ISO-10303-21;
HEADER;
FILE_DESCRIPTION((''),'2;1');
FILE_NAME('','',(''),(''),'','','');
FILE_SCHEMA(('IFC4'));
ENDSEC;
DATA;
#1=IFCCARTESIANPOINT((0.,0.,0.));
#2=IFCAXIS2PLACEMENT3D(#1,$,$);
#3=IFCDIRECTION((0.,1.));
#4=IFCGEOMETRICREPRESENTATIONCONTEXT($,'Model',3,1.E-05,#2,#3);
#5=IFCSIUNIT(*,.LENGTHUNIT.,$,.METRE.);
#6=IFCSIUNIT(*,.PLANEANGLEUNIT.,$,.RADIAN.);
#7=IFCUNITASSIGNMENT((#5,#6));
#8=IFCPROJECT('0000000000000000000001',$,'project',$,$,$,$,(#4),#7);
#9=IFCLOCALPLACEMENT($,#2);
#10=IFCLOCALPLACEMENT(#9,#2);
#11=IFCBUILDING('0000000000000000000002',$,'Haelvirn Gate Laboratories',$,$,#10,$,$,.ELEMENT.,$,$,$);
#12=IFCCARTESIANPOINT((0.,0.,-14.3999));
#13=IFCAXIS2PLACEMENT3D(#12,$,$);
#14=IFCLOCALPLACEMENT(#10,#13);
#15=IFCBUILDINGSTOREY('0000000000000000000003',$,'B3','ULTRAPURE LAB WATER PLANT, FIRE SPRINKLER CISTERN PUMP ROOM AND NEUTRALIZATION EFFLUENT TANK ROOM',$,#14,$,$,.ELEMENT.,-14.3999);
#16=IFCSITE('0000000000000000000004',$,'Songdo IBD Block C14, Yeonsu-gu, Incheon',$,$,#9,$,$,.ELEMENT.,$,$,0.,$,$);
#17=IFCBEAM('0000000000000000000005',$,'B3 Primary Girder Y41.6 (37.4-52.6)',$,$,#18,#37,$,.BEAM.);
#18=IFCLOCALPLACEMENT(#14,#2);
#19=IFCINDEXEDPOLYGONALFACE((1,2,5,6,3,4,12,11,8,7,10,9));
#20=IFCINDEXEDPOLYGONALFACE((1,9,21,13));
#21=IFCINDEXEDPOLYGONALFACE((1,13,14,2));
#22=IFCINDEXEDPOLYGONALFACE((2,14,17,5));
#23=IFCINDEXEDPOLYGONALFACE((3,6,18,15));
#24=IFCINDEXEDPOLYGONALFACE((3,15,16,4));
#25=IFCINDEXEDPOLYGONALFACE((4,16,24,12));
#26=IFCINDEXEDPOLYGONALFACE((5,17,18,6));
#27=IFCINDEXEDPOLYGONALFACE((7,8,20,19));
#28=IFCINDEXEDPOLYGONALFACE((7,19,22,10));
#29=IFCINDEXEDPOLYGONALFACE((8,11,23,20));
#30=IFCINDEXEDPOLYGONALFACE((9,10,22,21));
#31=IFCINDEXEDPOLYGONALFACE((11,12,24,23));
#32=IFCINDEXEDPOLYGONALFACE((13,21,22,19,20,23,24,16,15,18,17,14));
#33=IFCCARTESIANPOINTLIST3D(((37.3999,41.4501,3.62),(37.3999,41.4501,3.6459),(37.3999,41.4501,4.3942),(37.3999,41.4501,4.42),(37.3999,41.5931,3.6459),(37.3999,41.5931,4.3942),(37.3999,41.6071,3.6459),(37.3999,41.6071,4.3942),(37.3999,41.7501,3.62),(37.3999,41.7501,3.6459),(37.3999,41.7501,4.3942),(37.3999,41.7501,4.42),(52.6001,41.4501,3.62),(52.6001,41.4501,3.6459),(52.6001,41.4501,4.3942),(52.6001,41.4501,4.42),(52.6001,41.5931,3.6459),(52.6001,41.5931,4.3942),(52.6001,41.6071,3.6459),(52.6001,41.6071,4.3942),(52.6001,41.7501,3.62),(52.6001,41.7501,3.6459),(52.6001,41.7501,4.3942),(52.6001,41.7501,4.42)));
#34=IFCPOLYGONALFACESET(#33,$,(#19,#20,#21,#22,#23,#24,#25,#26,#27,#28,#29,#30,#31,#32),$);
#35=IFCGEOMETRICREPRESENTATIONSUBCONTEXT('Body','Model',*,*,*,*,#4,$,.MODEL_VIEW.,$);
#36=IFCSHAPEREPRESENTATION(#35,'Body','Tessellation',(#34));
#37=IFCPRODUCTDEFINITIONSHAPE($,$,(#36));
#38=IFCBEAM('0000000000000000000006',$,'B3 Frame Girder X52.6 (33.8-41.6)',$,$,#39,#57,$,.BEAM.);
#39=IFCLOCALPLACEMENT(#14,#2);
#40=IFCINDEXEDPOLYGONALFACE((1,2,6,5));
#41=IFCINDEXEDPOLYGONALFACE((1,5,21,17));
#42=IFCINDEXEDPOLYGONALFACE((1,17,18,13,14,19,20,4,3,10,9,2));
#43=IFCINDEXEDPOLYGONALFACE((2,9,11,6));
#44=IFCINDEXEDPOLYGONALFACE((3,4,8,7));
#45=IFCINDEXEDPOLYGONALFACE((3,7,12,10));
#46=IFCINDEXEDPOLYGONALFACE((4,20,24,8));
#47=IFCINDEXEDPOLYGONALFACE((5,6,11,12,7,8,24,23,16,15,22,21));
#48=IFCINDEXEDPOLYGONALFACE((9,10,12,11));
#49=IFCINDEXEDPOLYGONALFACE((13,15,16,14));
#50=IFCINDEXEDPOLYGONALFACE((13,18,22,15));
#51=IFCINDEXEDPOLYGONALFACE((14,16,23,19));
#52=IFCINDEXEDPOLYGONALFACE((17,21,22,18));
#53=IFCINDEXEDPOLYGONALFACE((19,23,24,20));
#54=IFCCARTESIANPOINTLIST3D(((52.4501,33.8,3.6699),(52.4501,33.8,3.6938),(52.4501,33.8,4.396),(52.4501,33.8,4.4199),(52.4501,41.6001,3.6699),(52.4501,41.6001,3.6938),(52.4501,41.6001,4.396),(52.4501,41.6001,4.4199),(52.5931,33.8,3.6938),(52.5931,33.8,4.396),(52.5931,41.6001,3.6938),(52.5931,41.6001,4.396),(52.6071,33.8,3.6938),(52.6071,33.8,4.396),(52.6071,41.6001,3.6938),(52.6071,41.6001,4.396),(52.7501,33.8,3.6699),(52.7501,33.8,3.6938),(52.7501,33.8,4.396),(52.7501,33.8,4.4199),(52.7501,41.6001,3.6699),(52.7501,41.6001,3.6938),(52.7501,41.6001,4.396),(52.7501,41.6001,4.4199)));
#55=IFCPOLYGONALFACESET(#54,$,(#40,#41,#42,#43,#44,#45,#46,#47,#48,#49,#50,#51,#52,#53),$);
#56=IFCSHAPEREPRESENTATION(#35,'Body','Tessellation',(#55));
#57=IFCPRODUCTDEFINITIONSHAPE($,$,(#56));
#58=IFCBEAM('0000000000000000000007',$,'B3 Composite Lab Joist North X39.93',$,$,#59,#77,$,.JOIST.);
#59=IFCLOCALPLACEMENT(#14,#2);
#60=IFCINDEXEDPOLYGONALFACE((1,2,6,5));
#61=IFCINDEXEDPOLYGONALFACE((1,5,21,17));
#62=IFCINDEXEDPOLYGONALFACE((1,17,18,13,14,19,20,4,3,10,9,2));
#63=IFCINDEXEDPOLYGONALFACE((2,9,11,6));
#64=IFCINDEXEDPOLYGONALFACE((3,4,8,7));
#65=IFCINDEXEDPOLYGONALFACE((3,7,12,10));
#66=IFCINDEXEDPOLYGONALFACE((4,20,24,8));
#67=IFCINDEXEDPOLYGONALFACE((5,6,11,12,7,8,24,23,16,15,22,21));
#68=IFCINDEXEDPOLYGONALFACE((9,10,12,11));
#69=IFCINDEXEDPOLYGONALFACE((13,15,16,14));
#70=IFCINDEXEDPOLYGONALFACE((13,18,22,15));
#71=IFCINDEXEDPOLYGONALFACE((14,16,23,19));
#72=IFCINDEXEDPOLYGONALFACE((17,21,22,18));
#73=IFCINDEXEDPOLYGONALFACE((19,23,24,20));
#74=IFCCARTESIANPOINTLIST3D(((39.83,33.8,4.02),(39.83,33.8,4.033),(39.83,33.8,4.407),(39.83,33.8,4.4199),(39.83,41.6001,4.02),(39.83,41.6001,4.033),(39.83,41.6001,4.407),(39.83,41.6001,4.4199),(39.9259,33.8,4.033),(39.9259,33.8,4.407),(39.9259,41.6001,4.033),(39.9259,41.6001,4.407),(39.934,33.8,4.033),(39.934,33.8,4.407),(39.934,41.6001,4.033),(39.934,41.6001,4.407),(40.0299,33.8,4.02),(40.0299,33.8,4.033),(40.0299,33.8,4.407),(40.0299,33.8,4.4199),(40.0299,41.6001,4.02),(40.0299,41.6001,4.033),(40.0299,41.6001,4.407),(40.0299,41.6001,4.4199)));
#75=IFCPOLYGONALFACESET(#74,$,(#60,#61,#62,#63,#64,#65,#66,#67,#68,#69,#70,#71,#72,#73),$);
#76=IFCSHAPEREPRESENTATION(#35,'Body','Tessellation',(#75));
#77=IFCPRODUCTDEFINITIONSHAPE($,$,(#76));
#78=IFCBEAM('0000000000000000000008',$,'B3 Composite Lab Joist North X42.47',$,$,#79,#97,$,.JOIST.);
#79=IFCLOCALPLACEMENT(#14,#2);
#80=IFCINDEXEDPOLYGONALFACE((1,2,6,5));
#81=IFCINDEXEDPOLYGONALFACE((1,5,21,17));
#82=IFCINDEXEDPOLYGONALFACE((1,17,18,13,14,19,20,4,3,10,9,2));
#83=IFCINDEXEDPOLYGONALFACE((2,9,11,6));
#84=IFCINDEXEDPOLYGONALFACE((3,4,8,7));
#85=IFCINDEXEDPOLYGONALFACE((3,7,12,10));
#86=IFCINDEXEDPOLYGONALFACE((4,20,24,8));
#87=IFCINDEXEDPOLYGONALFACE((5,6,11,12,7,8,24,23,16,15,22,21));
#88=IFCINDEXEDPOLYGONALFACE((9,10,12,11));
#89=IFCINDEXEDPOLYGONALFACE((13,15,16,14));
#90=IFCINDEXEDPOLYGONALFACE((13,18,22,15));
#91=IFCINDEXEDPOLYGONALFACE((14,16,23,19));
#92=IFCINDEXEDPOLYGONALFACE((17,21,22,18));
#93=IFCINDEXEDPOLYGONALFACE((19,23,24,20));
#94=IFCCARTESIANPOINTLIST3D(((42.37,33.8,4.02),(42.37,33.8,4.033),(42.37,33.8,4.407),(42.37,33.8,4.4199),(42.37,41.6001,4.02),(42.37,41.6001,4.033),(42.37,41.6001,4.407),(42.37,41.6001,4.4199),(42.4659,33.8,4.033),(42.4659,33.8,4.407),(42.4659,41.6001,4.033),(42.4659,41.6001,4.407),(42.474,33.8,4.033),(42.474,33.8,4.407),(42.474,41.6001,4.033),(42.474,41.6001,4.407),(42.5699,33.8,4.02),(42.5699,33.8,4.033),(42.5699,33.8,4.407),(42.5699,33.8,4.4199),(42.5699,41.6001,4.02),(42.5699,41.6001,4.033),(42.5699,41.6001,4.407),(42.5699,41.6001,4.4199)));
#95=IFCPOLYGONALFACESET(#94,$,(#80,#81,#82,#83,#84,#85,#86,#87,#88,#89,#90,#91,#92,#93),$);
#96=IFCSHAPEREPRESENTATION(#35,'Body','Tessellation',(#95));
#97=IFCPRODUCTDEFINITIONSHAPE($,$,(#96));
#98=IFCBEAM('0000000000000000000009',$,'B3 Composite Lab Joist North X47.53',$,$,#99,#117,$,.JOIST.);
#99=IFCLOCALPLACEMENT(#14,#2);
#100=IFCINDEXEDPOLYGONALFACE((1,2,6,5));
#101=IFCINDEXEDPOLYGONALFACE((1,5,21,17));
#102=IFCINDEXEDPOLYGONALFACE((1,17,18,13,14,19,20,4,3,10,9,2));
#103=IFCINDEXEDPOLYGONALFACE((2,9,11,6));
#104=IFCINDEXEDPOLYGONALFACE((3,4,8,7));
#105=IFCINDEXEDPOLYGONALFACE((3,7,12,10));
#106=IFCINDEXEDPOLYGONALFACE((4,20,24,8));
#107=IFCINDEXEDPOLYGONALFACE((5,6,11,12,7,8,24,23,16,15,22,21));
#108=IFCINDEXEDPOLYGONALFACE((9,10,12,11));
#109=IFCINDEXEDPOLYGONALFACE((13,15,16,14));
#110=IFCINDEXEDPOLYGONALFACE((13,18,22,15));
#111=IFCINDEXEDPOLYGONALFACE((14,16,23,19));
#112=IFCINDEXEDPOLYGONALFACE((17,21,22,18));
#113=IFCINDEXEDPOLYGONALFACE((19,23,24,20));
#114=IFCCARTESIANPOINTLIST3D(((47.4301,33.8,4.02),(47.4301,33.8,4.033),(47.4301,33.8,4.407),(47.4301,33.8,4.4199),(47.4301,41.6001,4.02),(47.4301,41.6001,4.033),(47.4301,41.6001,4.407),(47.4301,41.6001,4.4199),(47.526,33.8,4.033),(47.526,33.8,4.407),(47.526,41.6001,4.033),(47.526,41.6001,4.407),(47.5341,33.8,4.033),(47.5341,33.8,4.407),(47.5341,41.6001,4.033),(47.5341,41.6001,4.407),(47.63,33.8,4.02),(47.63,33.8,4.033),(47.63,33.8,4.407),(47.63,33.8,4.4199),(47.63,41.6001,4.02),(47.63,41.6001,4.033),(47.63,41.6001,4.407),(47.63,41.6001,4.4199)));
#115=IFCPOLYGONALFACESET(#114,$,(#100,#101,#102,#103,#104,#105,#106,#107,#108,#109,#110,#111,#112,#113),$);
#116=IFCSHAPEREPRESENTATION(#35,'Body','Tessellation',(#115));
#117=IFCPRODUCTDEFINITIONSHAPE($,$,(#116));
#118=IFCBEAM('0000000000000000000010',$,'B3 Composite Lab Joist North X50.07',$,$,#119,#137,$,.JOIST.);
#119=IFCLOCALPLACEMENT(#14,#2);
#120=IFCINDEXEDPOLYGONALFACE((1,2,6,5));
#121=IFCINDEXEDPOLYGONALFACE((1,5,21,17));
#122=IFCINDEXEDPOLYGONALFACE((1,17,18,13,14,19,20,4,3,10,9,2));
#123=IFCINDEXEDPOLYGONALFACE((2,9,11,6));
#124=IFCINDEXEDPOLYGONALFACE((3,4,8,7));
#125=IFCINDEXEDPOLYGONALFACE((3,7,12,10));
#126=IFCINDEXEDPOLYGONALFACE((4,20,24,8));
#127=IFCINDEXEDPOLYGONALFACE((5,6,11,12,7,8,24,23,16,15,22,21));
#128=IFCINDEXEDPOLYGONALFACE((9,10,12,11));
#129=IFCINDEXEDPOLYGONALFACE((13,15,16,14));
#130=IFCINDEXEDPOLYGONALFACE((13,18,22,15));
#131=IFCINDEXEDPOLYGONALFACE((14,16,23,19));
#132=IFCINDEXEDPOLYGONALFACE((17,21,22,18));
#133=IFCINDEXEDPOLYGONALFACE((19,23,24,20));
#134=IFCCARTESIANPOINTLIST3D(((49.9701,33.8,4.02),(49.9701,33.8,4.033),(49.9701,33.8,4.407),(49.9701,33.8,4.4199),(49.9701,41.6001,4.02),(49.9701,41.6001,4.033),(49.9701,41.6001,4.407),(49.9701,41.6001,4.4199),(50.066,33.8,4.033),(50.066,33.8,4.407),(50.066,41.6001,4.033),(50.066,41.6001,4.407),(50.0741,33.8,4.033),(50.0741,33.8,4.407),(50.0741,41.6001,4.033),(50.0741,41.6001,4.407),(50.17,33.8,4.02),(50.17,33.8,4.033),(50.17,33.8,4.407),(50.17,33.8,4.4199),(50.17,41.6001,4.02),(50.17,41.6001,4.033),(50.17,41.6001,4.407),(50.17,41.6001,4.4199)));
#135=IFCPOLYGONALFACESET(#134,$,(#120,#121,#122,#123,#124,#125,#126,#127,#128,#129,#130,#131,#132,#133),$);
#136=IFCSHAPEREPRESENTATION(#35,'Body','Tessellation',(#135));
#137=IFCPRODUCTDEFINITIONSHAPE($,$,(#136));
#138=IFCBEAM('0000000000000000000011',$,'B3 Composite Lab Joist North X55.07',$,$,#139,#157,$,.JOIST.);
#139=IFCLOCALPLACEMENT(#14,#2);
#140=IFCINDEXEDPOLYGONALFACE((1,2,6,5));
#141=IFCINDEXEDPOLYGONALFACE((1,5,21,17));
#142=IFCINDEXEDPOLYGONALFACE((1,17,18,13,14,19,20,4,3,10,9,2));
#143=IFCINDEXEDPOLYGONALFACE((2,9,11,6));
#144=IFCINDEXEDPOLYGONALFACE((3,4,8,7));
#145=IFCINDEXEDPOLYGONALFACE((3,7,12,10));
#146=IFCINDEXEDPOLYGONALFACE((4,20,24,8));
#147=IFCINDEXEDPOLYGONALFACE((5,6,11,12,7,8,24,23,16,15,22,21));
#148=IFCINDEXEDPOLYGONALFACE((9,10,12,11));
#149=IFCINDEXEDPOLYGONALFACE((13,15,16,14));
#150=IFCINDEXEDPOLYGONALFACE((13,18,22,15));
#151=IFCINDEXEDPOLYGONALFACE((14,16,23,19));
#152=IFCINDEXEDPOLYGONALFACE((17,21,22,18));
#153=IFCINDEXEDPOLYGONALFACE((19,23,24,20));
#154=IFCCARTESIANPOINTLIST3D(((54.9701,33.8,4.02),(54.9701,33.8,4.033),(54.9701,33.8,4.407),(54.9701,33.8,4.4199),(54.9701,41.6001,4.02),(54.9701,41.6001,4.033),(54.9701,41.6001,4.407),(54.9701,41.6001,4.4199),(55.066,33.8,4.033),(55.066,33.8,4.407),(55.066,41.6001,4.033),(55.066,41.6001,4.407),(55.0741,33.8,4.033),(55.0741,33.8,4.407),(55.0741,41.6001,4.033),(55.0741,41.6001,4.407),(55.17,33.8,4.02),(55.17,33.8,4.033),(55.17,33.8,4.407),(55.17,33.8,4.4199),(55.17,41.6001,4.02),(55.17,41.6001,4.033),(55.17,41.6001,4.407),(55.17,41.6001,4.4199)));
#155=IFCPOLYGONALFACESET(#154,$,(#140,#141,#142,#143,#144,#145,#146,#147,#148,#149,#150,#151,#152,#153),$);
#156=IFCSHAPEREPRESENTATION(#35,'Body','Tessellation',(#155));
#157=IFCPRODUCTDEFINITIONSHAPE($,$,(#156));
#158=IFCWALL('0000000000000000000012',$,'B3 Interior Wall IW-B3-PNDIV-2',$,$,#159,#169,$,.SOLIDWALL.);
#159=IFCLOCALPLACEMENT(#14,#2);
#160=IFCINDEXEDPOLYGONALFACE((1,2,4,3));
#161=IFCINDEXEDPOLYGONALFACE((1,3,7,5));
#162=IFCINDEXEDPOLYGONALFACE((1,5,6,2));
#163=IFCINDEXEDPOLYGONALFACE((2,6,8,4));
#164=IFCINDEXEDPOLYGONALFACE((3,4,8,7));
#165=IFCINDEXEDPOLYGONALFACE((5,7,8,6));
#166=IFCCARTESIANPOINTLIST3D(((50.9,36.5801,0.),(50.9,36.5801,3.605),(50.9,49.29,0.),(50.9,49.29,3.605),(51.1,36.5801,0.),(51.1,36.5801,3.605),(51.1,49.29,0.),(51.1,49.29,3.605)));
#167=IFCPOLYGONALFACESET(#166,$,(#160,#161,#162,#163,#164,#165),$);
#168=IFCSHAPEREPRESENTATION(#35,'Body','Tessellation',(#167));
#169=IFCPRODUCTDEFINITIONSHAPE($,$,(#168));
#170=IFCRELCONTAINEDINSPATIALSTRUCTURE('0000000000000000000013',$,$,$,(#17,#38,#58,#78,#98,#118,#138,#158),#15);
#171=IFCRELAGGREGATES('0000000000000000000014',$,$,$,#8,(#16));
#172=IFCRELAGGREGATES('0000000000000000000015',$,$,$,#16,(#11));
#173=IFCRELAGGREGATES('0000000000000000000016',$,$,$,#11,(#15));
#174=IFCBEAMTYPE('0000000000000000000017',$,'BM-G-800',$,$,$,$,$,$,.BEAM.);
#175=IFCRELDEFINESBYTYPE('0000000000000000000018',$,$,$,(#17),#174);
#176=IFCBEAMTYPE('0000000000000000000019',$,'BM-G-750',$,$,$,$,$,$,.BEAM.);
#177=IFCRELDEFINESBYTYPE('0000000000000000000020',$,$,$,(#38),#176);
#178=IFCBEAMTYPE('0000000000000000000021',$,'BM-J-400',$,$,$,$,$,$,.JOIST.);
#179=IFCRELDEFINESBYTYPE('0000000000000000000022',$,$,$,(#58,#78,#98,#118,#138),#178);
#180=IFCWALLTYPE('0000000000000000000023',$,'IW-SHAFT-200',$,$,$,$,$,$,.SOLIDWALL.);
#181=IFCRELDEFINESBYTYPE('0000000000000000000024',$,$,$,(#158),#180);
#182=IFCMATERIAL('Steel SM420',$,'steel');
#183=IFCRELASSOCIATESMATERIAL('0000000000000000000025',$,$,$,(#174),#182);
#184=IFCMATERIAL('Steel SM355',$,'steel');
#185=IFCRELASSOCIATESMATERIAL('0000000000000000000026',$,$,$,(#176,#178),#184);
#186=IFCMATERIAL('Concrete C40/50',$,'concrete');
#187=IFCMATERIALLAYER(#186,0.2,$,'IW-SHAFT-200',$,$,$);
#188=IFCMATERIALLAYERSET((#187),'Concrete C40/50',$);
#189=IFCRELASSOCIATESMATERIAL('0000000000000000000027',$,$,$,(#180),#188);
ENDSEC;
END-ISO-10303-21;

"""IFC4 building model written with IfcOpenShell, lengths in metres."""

from ifc_helpers import new_model, si_unit, direction, frame, frame_2d, origin, origin_2d, place, context, subcontext, project, spatial, rectangle, i_section, extrude, source, transform, mapped, material, layer, layer_set, material_profile, profile_set, type_object, type_shapes, element, save


model = new_model("IFC4")

# Units and contexts
model_context = context("Model", 3, precision=1e-05, world=origin(), true_north=direction((0.0, 1.0)))
body_context = subcontext(model_context, "Body", "Model", "MODEL_VIEW")
ifc_project = project(units=[si_unit("LENGTHUNIT", "METRE"), si_unit("PLANEANGLEUNIT", "RADIAN")], contexts=[model_context])

# Site, building, storey
site_placement = place(None, origin())
site = spatial("IfcSite", under=ifc_project, at=site_placement, Name="Songdo IBD Block C14, Yeonsu-gu, Incheon", CompositionType="ELEMENT", RefElevation=0.0)
building_placement = place(site_placement, origin())
building = spatial("IfcBuilding", under=site, at=building_placement, Name="Haelvirn Gate Laboratories", CompositionType="ELEMENT")
storey_placement = place(building_placement, frame((0.0, 0.0, -14.3999)))
storey = spatial("IfcBuildingStorey", under=building, at=storey_placement, Name="B3", Description="ULTRAPURE LAB WATER PLANT, FIRE SPRINKLER CISTERN PUMP ROOM AND NEUTRALIZATION EFFLUENT TANK ROOM", CompositionType="ELEMENT", Elevation=-14.3999)

# Beams
ifc_material_1 = material(Name="Steel SM420", Category="steel")
ifc_material_profile_1 = material_profile(ifc_material_1, i_section(OverallWidth=0.3, OverallDepth=0.8, WebThickness=0.0139, FlangeThickness=0.0259, at=origin_2d()), Name="H-800x300x14x26")
ifc_profile_set_1 = profile_set([ifc_material_profile_1], Name="Steel SM420")
beam_type_1 = type_object("IfcBeamType", Name="BM-G-800", PredefinedType="BEAM", material=ifc_profile_set_1)
shared_shape_1 = source(origin(), body_context, "Body", "SweptSolid", [
    extrude(i_section(OverallWidth=0.3, OverallDepth=0.8, WebThickness=0.0139, FlangeThickness=0.0259, at=origin_2d()), origin(), (0.0, 0.0, 1.0), 15.2002),
])
beam_1_placement = place(storey_placement, frame((37.3999, 41.6001, 4.02), z_axis=(1.0, 0.0, 0.0), x_axis=(0.0, 1.0, 0.0)))
element("IfcBeam", 1, at=beam_1_placement, inside=storey, type_object=beam_type_1, Name="B3 Primary Girder Y41.6 (37.4-52.6)", PredefinedType="BEAM", context=body_context, shape_type="MappedRepresentation", body=[
    mapped(shared_shape_1, transform((0.0, 0.0, 0.0), scale=1.0)),
])
ifc_material_2 = material(Name="Steel SM355", Category="steel")
ifc_material_profile_2 = material_profile(ifc_material_2, i_section(OverallWidth=0.3, OverallDepth=0.75, WebThickness=0.0139, FlangeThickness=0.0239, at=origin_2d()), Name="H-750x300x14x24")
ifc_profile_set_2 = profile_set([ifc_material_profile_2], Name="Steel SM355")
beam_type_2 = type_object("IfcBeamType", Name="BM-G-750", PredefinedType="BEAM", material=ifc_profile_set_2)
shared_shape_2 = source(origin(), body_context, "Body", "SweptSolid", [
    extrude(i_section(OverallWidth=0.3, OverallDepth=0.75, WebThickness=0.0139, FlangeThickness=0.0239, at=origin_2d()), origin(), (0.0, 0.0, 1.0), 7.8),
])
type_shapes(beam_type_2, [shared_shape_2])
beam_2_placement = place(storey_placement, frame((52.6001, 33.8, 4.0449), z_axis=(0.0, 1.0, 0.0), x_axis=(-1.0, 0.0, 0.0)))
element("IfcBeam", 2, at=beam_2_placement, inside=storey, type_object=beam_type_2, Name="B3 Frame Girder X52.6 (33.8-41.6)", PredefinedType="BEAM", context=body_context, shape_type="MappedRepresentation", body=[
    mapped(shared_shape_2, transform((0.0, 0.0, 0.0), scale=1.0)),
])
ifc_material_profile_3 = material_profile(ifc_material_2, i_section(OverallWidth=0.2, OverallDepth=0.3999, WebThickness=0.0081, FlangeThickness=0.0129, at=origin_2d()), Name="H-400x200x8x13")
ifc_profile_set_3 = profile_set([ifc_material_profile_3], Name="Steel SM355")
beam_type_3 = type_object("IfcBeamType", Name="BM-J-400", PredefinedType="JOIST", material=ifc_profile_set_3)
shared_shape_3 = source(origin(), body_context, "Body", "SweptSolid", [
    extrude(i_section(OverallWidth=0.2, OverallDepth=0.3999, WebThickness=0.0081, FlangeThickness=0.0129, at=origin_2d()), origin(), (0.0, 0.0, 1.0), 7.8),
])
type_shapes(beam_type_3, [shared_shape_3])
for number, where, z_axis, x_axis, name in (
    (3, (39.9299, 33.8, 4.22), (0.0, 1.0, 0.0), (-1.0, 0.0, 0.0), "B3 Composite Lab Joist North X39.93"),
    (4, (42.47, 33.8, 4.22), (0.0, 1.0, 0.0), (-1.0, 0.0, 0.0), "B3 Composite Lab Joist North X42.47"),
    (5, (47.53, 33.8, 4.22), (0.0, 1.0, 0.0), (-1.0, 0.0, 0.0), "B3 Composite Lab Joist North X47.53"),
    (6, (50.0701, 33.8, 4.22), (0.0, 1.0, 0.0), (-1.0, 0.0, 0.0), "B3 Composite Lab Joist North X50.07"),
    (7, (55.0701, 33.8, 4.22), (0.0, 1.0, 0.0), (-1.0, 0.0, 0.0), "B3 Composite Lab Joist North X55.07"),
):
    element("IfcBeam", number, at=place(storey_placement, frame(where, z_axis=z_axis, x_axis=x_axis)), inside=storey, type_object=beam_type_3, Name=name, PredefinedType="JOIST", context=body_context, shape_type="MappedRepresentation", body=[
        mapped(shared_shape_3, transform((0.0, 0.0, 0.0), scale=1.0)),
    ])

# Wall
ifc_material_3 = material(Name="Concrete C40/50", Category="concrete")
ifc_layer_1 = layer(ifc_material_3, 0.2, Name="IW-SHAFT-200")
ifc_layer_set_1 = layer_set([ifc_layer_1], Name="Concrete C40/50")
wall_type_1 = type_object("IfcWallType", Name="IW-SHAFT-200", PredefinedType="SOLIDWALL", material=ifc_layer_set_1)
wall_1_placement = place(storey_placement, frame((51.0, 36.5801, 0.0), z_axis=(0.0, 0.0, 1.0), x_axis=(0.0, 1.0, 0.0)))
element("IfcWall", 8, at=wall_1_placement, inside=storey, type_object=wall_type_1, Name="B3 Interior Wall IW-B3-PNDIV-2", PredefinedType="SOLIDWALL", context=body_context, shape_type="SweptSolid", body=[
    extrude(rectangle(XDim=12.71, YDim=0.2, at=frame_2d((6.355, 0.0))), origin(), (0.0, 0.0, 1.0), 3.605),
])

save(model, "model.ifc")
